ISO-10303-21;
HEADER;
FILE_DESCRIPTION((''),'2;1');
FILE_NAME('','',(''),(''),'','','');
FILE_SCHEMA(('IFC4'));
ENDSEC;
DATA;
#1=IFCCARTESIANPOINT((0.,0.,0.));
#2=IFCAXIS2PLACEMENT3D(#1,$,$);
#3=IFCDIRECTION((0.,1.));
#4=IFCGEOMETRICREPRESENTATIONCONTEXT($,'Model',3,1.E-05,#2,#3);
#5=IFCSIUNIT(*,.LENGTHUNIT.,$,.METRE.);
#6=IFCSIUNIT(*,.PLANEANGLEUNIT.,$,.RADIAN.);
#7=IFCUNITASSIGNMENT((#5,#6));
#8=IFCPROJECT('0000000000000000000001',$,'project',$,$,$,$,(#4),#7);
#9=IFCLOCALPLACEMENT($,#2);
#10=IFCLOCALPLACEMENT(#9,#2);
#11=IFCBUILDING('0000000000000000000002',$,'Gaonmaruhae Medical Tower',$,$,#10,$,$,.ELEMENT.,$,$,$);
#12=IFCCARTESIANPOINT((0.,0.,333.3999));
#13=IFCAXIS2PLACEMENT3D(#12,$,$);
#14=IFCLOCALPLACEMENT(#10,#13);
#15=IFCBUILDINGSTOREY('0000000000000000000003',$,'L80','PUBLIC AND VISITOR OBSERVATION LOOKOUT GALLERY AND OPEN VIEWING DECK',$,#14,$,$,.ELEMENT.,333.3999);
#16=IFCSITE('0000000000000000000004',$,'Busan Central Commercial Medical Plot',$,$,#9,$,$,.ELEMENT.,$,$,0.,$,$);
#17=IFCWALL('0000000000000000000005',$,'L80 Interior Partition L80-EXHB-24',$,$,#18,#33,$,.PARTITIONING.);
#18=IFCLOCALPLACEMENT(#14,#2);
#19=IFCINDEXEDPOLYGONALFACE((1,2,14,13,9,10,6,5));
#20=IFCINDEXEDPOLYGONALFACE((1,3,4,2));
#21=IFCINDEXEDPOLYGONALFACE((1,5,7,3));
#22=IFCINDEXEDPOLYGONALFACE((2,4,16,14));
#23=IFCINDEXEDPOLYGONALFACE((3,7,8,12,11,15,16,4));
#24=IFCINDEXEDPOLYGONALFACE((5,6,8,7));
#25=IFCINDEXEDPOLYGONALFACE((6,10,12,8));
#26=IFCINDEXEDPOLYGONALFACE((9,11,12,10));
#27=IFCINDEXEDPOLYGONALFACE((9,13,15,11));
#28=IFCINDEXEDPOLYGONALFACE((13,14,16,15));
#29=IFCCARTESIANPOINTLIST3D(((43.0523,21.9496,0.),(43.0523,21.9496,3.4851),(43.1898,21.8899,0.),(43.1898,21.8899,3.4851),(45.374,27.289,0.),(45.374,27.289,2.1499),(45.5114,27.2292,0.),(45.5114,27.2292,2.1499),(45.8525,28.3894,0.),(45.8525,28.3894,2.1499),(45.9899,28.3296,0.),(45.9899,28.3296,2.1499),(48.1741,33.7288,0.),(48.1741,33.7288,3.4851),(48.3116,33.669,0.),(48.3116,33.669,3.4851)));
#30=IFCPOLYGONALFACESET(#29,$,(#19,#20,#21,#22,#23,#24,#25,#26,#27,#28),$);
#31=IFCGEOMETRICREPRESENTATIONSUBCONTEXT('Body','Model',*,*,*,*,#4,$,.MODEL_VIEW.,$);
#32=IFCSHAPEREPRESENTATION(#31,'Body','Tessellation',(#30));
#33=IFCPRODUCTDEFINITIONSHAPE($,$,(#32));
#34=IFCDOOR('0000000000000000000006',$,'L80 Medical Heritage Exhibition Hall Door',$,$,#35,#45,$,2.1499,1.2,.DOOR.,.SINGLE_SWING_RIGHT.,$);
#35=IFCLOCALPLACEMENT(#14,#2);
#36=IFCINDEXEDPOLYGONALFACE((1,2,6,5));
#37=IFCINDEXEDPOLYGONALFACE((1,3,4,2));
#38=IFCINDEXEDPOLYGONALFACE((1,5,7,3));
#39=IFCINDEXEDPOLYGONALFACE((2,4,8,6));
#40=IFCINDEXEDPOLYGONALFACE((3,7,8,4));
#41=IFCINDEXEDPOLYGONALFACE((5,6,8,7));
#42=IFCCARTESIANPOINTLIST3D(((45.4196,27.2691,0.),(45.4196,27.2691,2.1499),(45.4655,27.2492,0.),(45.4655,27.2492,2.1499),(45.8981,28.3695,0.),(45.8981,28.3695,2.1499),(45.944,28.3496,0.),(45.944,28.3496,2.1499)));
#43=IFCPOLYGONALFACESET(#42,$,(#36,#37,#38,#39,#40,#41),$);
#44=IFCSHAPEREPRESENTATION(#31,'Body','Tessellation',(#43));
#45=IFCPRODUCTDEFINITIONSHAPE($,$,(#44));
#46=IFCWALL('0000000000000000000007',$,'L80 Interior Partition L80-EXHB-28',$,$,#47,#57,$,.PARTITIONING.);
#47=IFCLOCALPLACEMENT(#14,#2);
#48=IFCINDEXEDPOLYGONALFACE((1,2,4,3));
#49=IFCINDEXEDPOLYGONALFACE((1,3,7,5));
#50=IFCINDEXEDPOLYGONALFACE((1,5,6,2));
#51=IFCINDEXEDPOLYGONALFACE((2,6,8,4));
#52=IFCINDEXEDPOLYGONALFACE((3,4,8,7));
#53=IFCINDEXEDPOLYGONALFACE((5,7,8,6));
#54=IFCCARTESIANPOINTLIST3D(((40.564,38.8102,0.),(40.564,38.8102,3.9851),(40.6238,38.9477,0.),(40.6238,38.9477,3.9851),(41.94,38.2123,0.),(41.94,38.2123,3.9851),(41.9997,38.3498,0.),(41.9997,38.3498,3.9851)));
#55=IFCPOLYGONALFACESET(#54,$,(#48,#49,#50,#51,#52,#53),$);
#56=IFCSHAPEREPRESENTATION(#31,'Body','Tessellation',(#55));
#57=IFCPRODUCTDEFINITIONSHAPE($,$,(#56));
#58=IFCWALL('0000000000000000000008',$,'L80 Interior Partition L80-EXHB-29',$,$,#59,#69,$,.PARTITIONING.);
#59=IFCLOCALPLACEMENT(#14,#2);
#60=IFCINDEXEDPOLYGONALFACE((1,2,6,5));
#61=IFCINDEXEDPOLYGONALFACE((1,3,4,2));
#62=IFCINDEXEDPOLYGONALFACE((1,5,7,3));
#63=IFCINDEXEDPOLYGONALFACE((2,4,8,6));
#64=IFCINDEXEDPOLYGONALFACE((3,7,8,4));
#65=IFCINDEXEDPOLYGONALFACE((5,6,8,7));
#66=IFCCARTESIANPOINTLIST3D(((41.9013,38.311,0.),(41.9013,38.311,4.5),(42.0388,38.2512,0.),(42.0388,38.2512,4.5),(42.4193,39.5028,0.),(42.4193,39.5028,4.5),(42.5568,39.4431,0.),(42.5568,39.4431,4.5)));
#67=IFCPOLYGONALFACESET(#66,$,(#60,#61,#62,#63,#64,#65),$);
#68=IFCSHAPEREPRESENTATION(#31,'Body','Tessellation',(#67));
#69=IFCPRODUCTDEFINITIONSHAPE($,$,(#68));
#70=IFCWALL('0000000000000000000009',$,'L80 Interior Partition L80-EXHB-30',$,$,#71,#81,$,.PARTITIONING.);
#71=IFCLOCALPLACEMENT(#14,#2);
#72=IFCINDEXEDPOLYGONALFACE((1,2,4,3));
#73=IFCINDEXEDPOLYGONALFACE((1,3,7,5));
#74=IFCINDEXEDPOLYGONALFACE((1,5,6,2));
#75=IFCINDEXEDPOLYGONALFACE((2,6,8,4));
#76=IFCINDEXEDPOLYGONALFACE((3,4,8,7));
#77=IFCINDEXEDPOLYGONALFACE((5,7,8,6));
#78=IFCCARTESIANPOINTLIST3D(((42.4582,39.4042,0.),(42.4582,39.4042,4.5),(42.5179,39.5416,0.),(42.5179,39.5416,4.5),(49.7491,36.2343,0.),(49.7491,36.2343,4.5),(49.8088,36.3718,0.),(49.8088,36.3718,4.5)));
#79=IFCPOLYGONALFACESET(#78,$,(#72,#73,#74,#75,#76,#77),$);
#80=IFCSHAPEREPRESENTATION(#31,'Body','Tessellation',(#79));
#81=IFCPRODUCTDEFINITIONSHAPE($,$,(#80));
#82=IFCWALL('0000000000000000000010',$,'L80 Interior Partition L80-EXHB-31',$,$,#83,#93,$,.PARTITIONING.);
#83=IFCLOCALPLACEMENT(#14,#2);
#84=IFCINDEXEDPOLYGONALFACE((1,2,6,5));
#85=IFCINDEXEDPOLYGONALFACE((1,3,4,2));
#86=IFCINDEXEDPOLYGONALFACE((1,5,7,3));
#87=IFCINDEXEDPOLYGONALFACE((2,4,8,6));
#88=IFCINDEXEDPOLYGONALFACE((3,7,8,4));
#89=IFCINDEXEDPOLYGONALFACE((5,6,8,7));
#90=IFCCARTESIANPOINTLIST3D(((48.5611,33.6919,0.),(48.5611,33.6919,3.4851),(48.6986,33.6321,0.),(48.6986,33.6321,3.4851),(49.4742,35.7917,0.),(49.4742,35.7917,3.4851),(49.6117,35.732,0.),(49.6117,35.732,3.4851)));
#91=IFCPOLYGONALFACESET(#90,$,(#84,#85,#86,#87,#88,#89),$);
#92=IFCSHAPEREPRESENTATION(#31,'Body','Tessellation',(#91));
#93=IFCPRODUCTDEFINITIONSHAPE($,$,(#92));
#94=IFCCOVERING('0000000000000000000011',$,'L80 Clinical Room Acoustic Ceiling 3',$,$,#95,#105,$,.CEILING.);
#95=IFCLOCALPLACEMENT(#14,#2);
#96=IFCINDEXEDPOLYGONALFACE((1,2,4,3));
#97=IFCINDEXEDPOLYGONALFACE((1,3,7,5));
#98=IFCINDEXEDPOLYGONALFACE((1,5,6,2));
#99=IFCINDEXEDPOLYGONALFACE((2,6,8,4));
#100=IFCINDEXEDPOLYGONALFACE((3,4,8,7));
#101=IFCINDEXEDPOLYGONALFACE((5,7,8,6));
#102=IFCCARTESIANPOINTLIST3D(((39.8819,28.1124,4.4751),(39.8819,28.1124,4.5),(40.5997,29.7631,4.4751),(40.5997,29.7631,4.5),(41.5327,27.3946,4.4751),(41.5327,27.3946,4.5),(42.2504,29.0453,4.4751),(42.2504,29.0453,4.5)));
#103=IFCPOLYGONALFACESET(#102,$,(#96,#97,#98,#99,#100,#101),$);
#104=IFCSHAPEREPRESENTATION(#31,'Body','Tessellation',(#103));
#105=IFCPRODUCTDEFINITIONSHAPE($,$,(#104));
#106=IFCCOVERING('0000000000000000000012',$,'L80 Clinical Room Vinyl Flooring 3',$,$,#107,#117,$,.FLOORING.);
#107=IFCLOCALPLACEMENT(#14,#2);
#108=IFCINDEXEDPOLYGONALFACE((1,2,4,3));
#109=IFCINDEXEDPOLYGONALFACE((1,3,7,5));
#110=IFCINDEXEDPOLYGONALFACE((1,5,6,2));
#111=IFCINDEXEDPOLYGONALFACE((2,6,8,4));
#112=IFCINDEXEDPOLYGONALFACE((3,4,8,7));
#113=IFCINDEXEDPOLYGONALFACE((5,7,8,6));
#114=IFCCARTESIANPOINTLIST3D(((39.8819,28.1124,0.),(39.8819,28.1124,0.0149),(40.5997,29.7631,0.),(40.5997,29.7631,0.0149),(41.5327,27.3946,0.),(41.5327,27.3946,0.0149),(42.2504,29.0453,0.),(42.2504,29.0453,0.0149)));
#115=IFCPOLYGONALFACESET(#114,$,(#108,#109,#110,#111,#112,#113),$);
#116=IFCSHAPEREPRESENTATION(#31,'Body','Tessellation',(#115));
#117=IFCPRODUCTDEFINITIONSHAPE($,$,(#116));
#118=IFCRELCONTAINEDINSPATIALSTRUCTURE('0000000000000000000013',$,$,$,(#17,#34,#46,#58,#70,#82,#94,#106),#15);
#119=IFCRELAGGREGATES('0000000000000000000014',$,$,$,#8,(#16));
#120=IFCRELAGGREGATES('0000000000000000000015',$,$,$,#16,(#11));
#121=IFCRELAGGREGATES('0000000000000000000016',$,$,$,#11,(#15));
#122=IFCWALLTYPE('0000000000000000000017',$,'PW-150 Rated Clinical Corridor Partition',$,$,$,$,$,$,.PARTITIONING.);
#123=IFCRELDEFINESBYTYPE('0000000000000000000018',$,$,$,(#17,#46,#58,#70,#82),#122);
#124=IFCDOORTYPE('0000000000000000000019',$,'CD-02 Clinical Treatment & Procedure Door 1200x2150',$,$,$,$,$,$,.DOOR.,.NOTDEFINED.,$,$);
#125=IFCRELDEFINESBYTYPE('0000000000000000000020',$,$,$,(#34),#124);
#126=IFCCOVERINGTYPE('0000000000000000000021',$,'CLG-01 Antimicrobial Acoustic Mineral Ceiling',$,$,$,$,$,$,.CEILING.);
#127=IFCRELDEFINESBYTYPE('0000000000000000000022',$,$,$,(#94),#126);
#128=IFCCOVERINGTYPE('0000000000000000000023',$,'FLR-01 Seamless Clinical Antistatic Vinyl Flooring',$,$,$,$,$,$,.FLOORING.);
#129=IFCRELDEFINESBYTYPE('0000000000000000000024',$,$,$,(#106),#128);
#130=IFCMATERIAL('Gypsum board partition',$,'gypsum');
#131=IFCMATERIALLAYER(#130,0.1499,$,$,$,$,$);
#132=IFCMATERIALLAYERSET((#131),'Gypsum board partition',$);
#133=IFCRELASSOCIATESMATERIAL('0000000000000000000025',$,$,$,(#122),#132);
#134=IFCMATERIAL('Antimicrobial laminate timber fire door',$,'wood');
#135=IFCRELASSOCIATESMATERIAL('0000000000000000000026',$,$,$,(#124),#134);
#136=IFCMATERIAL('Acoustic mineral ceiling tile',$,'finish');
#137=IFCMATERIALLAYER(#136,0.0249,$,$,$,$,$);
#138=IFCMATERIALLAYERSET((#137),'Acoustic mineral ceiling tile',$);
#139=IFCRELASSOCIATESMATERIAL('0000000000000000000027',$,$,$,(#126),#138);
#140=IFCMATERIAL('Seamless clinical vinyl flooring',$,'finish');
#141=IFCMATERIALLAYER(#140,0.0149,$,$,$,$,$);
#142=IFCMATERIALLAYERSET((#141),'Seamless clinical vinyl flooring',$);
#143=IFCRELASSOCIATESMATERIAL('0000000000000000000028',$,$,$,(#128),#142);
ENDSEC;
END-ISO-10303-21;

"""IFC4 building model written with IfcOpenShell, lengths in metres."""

from ifc_helpers import new_model, si_unit, direction, frame, frame_2d, origin, origin_2d, place, context, subcontext, project, spatial, rectangle, extrude, material, layer, layer_set, type_object, element, fill, save


model = new_model("IFC4")

# Units and contexts
model_context = context("Model", 3, precision=1e-05, world=origin(), true_north=direction((0.0, 1.0)))
body_context = subcontext(model_context, "Body", "Model", "MODEL_VIEW")
ifc_project = project(units=[si_unit("LENGTHUNIT", "METRE"), si_unit("PLANEANGLEUNIT", "RADIAN")], contexts=[model_context])

# Site, building, storey
site_placement = place(None, origin())
site = spatial("IfcSite", under=ifc_project, at=site_placement, Name="Busan Central Commercial Medical Plot", CompositionType="ELEMENT", RefElevation=0.0)
building_placement = place(site_placement, origin())
building = spatial("IfcBuilding", under=site, at=building_placement, Name="Gaonmaruhae Medical Tower", CompositionType="ELEMENT")
storey_placement = place(building_placement, frame((0.0, 0.0, 333.3999)))
storey = spatial("IfcBuildingStorey", under=building, at=storey_placement, Name="L80", Description="PUBLIC AND VISITOR OBSERVATION LOOKOUT GALLERY AND OPEN VIEWING DECK", CompositionType="ELEMENT", Elevation=333.3999)

# Wall, opening, door
ifc_material_1 = material(Name="Gypsum board partition", Category="gypsum")
ifc_layer_1 = layer(ifc_material_1, 0.1499)
ifc_layer_set_1 = layer_set([ifc_layer_1], Name="Gypsum board partition")
wall_type_1 = type_object("IfcWallType", Name="PW-150 Rated Clinical Corridor Partition", PredefinedType="PARTITIONING", material=ifc_layer_set_1)
wall_1_placement = place(storey_placement, frame((48.2429, 33.699, 0.0), z_axis=(0.0, 0.0, 1.0), x_axis=(-0.398759, -0.917056, 0.0)))
wall_1 = element("IfcWall", 1, at=wall_1_placement, inside=storey, type_object=wall_type_1, Name="L80 Interior Partition L80-EXHB-24", PredefinedType="PARTITIONING", context=body_context, shape_type="SweptSolid", body=[
    extrude(rectangle(XDim=12.8445, YDim=0.1499, at=frame_2d((6.4224, 0.0))), origin(), (0.0, 0.0, 1.0), 3.4851),
])
opening_1_placement = place(wall_1_placement, frame((5.8223, 0.0, 0.0)))
opening_1 = element("IfcOpeningElement", 2, at=opening_1_placement, cuts=wall_1, PredefinedType="OPENING", context=body_context, shape_type="SweptSolid", body=[
    extrude(rectangle(XDim=1.2, YDim=2.1499, at=frame_2d((0.6001, 1.075))), frame((0.0, 0.085, 0.0), z_axis=(0.0, -1.0, 0.0), x_axis=(1.0, 0.0, 0.0)), (0.0, 0.0, 1.0), 0.1699),
])
ifc_material_2 = material(Name="Antimicrobial laminate timber fire door", Category="wood")
door_type = type_object("IfcDoorType", Name="CD-02 Clinical Treatment & Procedure Door 1200x2150", OperationType="NOTDEFINED", PredefinedType="DOOR", material=ifc_material_2)
door_placement = place(opening_1_placement, origin())
door = element("IfcDoor", 3, at=door_placement, inside=storey, type_object=door_type, Name="L80 Medical Heritage Exhibition Hall Door", OperationType="SINGLE_SWING_RIGHT", OverallHeight=2.1499, OverallWidth=1.2, PredefinedType="DOOR", context=body_context, shape_type="SweptSolid", body=[
    extrude(rectangle(XDim=1.2, YDim=2.1499, at=frame_2d((0.6001, 1.075))), frame((0.0, 0.0249, 0.0), z_axis=(0.0, -1.0, 0.0), x_axis=(1.0, 0.0, 0.0)), (0.0, 0.0, 1.0), 0.05),
])
fill(opening_1, door)

# Walls
wall_2_placement = place(storey_placement, frame((40.594, 38.8789, 0.0), z_axis=(0.0, 0.0, 1.0), x_axis=(0.917155, -0.39853, 0.0)))
element("IfcWall", 4, at=wall_2_placement, inside=storey, type_object=wall_type_1, Name="L80 Interior Partition L80-EXHB-28", PredefinedType="PARTITIONING", context=body_context, shape_type="SweptSolid", body=[
    extrude(rectangle(XDim=1.5002, YDim=0.1499, at=frame_2d((0.75, 0.0))), origin(), (0.0, 0.0, 1.0), 3.9851),
])
wall_3_placement = place(storey_placement, frame((41.97, 38.281, 0.0), z_axis=(0.0, 0.0, 1.0), x_axis=(0.39863, 0.917112, 0.0)))
element("IfcWall", 5, at=wall_3_placement, inside=storey, type_object=wall_type_1, Name="L80 Interior Partition L80-EXHB-29", PredefinedType="PARTITIONING", context=body_context, shape_type="SweptSolid", body=[
    extrude(rectangle(XDim=1.2996, YDim=0.1499, at=frame_2d((0.6499, 0.0))), origin(), (0.0, 0.0, 1.0), 4.5),
])
wall_4_placement = place(storey_placement, frame((42.488, 39.4729, 0.0), z_axis=(0.0, 0.0, 1.0), x_axis=(0.917074, -0.398717, 0.0)))
element("IfcWall", 6, at=wall_4_placement, inside=storey, type_object=wall_type_1, Name="L80 Interior Partition L80-EXHB-30", PredefinedType="PARTITIONING", context=body_context, shape_type="SweptSolid", body=[
    extrude(rectangle(XDim=7.9502, YDim=0.1499, at=frame_2d((3.9751, 0.0))), origin(), (0.0, 0.0, 1.0), 4.5),
])
wall_5_placement = place(storey_placement, frame((49.543, 35.762, 0.0), z_axis=(0.0, 0.0, 1.0), x_axis=(-0.398765, -0.917053, 0.0)))
element("IfcWall", 7, at=wall_5_placement, inside=storey, type_object=wall_type_1, Name="L80 Interior Partition L80-EXHB-31", PredefinedType="PARTITIONING", context=body_context, shape_type="SweptSolid", body=[
    extrude(rectangle(XDim=2.2898, YDim=0.1499, at=frame_2d((1.145, 0.0))), origin(), (0.0, 0.0, 1.0), 3.4851),
])

# Coverings
ifc_material_3 = material(Name="Acoustic mineral ceiling tile", Category="finish")
ifc_layer_2 = layer(ifc_material_3, 0.0249)
ifc_layer_set_2 = layer_set([ifc_layer_2], Name="Acoustic mineral ceiling tile")
covering_type_1 = type_object("IfcCoveringType", Name="CLG-01 Antimicrobial Acoustic Mineral Ceiling", PredefinedType="CEILING", material=ifc_layer_set_2)
covering_1_placement = place(storey_placement, frame((41.0662, 28.5789, 4.4751), z_axis=(0.0, 0.0, 1.0), x_axis=(0.398749, 0.91706, 0.0)))
element("IfcCovering", 8, at=covering_1_placement, inside=storey, type_object=covering_type_1, Name="L80 Clinical Room Acoustic Ceiling 3", PredefinedType="CEILING", context=body_context, shape_type="SweptSolid", body=[
    extrude(rectangle(XDim=1.8, YDim=1.8, at=origin_2d()), origin(), (0.0, 0.0, 1.0), 0.0249),
])
ifc_material_4 = material(Name="Seamless clinical vinyl flooring", Category="finish")
ifc_layer_3 = layer(ifc_material_4, 0.0149)
ifc_layer_set_3 = layer_set([ifc_layer_3], Name="Seamless clinical vinyl flooring")
covering_type_2 = type_object("IfcCoveringType", Name="FLR-01 Seamless Clinical Antistatic Vinyl Flooring", PredefinedType="FLOORING", material=ifc_layer_set_3)
covering_2_placement = place(storey_placement, frame((41.0662, 28.5789, 0.0), z_axis=(0.0, 0.0, 1.0), x_axis=(0.398749, 0.91706, 0.0)))
element("IfcCovering", 9, at=covering_2_placement, inside=storey, type_object=covering_type_2, Name="L80 Clinical Room Vinyl Flooring 3", PredefinedType="FLOORING", context=body_context, shape_type="SweptSolid", body=[
    extrude(rectangle(XDim=1.8, YDim=1.8, at=origin_2d()), origin(), (0.0, 0.0, 1.0), 0.0149),
])

save(model, "model.ifc")
